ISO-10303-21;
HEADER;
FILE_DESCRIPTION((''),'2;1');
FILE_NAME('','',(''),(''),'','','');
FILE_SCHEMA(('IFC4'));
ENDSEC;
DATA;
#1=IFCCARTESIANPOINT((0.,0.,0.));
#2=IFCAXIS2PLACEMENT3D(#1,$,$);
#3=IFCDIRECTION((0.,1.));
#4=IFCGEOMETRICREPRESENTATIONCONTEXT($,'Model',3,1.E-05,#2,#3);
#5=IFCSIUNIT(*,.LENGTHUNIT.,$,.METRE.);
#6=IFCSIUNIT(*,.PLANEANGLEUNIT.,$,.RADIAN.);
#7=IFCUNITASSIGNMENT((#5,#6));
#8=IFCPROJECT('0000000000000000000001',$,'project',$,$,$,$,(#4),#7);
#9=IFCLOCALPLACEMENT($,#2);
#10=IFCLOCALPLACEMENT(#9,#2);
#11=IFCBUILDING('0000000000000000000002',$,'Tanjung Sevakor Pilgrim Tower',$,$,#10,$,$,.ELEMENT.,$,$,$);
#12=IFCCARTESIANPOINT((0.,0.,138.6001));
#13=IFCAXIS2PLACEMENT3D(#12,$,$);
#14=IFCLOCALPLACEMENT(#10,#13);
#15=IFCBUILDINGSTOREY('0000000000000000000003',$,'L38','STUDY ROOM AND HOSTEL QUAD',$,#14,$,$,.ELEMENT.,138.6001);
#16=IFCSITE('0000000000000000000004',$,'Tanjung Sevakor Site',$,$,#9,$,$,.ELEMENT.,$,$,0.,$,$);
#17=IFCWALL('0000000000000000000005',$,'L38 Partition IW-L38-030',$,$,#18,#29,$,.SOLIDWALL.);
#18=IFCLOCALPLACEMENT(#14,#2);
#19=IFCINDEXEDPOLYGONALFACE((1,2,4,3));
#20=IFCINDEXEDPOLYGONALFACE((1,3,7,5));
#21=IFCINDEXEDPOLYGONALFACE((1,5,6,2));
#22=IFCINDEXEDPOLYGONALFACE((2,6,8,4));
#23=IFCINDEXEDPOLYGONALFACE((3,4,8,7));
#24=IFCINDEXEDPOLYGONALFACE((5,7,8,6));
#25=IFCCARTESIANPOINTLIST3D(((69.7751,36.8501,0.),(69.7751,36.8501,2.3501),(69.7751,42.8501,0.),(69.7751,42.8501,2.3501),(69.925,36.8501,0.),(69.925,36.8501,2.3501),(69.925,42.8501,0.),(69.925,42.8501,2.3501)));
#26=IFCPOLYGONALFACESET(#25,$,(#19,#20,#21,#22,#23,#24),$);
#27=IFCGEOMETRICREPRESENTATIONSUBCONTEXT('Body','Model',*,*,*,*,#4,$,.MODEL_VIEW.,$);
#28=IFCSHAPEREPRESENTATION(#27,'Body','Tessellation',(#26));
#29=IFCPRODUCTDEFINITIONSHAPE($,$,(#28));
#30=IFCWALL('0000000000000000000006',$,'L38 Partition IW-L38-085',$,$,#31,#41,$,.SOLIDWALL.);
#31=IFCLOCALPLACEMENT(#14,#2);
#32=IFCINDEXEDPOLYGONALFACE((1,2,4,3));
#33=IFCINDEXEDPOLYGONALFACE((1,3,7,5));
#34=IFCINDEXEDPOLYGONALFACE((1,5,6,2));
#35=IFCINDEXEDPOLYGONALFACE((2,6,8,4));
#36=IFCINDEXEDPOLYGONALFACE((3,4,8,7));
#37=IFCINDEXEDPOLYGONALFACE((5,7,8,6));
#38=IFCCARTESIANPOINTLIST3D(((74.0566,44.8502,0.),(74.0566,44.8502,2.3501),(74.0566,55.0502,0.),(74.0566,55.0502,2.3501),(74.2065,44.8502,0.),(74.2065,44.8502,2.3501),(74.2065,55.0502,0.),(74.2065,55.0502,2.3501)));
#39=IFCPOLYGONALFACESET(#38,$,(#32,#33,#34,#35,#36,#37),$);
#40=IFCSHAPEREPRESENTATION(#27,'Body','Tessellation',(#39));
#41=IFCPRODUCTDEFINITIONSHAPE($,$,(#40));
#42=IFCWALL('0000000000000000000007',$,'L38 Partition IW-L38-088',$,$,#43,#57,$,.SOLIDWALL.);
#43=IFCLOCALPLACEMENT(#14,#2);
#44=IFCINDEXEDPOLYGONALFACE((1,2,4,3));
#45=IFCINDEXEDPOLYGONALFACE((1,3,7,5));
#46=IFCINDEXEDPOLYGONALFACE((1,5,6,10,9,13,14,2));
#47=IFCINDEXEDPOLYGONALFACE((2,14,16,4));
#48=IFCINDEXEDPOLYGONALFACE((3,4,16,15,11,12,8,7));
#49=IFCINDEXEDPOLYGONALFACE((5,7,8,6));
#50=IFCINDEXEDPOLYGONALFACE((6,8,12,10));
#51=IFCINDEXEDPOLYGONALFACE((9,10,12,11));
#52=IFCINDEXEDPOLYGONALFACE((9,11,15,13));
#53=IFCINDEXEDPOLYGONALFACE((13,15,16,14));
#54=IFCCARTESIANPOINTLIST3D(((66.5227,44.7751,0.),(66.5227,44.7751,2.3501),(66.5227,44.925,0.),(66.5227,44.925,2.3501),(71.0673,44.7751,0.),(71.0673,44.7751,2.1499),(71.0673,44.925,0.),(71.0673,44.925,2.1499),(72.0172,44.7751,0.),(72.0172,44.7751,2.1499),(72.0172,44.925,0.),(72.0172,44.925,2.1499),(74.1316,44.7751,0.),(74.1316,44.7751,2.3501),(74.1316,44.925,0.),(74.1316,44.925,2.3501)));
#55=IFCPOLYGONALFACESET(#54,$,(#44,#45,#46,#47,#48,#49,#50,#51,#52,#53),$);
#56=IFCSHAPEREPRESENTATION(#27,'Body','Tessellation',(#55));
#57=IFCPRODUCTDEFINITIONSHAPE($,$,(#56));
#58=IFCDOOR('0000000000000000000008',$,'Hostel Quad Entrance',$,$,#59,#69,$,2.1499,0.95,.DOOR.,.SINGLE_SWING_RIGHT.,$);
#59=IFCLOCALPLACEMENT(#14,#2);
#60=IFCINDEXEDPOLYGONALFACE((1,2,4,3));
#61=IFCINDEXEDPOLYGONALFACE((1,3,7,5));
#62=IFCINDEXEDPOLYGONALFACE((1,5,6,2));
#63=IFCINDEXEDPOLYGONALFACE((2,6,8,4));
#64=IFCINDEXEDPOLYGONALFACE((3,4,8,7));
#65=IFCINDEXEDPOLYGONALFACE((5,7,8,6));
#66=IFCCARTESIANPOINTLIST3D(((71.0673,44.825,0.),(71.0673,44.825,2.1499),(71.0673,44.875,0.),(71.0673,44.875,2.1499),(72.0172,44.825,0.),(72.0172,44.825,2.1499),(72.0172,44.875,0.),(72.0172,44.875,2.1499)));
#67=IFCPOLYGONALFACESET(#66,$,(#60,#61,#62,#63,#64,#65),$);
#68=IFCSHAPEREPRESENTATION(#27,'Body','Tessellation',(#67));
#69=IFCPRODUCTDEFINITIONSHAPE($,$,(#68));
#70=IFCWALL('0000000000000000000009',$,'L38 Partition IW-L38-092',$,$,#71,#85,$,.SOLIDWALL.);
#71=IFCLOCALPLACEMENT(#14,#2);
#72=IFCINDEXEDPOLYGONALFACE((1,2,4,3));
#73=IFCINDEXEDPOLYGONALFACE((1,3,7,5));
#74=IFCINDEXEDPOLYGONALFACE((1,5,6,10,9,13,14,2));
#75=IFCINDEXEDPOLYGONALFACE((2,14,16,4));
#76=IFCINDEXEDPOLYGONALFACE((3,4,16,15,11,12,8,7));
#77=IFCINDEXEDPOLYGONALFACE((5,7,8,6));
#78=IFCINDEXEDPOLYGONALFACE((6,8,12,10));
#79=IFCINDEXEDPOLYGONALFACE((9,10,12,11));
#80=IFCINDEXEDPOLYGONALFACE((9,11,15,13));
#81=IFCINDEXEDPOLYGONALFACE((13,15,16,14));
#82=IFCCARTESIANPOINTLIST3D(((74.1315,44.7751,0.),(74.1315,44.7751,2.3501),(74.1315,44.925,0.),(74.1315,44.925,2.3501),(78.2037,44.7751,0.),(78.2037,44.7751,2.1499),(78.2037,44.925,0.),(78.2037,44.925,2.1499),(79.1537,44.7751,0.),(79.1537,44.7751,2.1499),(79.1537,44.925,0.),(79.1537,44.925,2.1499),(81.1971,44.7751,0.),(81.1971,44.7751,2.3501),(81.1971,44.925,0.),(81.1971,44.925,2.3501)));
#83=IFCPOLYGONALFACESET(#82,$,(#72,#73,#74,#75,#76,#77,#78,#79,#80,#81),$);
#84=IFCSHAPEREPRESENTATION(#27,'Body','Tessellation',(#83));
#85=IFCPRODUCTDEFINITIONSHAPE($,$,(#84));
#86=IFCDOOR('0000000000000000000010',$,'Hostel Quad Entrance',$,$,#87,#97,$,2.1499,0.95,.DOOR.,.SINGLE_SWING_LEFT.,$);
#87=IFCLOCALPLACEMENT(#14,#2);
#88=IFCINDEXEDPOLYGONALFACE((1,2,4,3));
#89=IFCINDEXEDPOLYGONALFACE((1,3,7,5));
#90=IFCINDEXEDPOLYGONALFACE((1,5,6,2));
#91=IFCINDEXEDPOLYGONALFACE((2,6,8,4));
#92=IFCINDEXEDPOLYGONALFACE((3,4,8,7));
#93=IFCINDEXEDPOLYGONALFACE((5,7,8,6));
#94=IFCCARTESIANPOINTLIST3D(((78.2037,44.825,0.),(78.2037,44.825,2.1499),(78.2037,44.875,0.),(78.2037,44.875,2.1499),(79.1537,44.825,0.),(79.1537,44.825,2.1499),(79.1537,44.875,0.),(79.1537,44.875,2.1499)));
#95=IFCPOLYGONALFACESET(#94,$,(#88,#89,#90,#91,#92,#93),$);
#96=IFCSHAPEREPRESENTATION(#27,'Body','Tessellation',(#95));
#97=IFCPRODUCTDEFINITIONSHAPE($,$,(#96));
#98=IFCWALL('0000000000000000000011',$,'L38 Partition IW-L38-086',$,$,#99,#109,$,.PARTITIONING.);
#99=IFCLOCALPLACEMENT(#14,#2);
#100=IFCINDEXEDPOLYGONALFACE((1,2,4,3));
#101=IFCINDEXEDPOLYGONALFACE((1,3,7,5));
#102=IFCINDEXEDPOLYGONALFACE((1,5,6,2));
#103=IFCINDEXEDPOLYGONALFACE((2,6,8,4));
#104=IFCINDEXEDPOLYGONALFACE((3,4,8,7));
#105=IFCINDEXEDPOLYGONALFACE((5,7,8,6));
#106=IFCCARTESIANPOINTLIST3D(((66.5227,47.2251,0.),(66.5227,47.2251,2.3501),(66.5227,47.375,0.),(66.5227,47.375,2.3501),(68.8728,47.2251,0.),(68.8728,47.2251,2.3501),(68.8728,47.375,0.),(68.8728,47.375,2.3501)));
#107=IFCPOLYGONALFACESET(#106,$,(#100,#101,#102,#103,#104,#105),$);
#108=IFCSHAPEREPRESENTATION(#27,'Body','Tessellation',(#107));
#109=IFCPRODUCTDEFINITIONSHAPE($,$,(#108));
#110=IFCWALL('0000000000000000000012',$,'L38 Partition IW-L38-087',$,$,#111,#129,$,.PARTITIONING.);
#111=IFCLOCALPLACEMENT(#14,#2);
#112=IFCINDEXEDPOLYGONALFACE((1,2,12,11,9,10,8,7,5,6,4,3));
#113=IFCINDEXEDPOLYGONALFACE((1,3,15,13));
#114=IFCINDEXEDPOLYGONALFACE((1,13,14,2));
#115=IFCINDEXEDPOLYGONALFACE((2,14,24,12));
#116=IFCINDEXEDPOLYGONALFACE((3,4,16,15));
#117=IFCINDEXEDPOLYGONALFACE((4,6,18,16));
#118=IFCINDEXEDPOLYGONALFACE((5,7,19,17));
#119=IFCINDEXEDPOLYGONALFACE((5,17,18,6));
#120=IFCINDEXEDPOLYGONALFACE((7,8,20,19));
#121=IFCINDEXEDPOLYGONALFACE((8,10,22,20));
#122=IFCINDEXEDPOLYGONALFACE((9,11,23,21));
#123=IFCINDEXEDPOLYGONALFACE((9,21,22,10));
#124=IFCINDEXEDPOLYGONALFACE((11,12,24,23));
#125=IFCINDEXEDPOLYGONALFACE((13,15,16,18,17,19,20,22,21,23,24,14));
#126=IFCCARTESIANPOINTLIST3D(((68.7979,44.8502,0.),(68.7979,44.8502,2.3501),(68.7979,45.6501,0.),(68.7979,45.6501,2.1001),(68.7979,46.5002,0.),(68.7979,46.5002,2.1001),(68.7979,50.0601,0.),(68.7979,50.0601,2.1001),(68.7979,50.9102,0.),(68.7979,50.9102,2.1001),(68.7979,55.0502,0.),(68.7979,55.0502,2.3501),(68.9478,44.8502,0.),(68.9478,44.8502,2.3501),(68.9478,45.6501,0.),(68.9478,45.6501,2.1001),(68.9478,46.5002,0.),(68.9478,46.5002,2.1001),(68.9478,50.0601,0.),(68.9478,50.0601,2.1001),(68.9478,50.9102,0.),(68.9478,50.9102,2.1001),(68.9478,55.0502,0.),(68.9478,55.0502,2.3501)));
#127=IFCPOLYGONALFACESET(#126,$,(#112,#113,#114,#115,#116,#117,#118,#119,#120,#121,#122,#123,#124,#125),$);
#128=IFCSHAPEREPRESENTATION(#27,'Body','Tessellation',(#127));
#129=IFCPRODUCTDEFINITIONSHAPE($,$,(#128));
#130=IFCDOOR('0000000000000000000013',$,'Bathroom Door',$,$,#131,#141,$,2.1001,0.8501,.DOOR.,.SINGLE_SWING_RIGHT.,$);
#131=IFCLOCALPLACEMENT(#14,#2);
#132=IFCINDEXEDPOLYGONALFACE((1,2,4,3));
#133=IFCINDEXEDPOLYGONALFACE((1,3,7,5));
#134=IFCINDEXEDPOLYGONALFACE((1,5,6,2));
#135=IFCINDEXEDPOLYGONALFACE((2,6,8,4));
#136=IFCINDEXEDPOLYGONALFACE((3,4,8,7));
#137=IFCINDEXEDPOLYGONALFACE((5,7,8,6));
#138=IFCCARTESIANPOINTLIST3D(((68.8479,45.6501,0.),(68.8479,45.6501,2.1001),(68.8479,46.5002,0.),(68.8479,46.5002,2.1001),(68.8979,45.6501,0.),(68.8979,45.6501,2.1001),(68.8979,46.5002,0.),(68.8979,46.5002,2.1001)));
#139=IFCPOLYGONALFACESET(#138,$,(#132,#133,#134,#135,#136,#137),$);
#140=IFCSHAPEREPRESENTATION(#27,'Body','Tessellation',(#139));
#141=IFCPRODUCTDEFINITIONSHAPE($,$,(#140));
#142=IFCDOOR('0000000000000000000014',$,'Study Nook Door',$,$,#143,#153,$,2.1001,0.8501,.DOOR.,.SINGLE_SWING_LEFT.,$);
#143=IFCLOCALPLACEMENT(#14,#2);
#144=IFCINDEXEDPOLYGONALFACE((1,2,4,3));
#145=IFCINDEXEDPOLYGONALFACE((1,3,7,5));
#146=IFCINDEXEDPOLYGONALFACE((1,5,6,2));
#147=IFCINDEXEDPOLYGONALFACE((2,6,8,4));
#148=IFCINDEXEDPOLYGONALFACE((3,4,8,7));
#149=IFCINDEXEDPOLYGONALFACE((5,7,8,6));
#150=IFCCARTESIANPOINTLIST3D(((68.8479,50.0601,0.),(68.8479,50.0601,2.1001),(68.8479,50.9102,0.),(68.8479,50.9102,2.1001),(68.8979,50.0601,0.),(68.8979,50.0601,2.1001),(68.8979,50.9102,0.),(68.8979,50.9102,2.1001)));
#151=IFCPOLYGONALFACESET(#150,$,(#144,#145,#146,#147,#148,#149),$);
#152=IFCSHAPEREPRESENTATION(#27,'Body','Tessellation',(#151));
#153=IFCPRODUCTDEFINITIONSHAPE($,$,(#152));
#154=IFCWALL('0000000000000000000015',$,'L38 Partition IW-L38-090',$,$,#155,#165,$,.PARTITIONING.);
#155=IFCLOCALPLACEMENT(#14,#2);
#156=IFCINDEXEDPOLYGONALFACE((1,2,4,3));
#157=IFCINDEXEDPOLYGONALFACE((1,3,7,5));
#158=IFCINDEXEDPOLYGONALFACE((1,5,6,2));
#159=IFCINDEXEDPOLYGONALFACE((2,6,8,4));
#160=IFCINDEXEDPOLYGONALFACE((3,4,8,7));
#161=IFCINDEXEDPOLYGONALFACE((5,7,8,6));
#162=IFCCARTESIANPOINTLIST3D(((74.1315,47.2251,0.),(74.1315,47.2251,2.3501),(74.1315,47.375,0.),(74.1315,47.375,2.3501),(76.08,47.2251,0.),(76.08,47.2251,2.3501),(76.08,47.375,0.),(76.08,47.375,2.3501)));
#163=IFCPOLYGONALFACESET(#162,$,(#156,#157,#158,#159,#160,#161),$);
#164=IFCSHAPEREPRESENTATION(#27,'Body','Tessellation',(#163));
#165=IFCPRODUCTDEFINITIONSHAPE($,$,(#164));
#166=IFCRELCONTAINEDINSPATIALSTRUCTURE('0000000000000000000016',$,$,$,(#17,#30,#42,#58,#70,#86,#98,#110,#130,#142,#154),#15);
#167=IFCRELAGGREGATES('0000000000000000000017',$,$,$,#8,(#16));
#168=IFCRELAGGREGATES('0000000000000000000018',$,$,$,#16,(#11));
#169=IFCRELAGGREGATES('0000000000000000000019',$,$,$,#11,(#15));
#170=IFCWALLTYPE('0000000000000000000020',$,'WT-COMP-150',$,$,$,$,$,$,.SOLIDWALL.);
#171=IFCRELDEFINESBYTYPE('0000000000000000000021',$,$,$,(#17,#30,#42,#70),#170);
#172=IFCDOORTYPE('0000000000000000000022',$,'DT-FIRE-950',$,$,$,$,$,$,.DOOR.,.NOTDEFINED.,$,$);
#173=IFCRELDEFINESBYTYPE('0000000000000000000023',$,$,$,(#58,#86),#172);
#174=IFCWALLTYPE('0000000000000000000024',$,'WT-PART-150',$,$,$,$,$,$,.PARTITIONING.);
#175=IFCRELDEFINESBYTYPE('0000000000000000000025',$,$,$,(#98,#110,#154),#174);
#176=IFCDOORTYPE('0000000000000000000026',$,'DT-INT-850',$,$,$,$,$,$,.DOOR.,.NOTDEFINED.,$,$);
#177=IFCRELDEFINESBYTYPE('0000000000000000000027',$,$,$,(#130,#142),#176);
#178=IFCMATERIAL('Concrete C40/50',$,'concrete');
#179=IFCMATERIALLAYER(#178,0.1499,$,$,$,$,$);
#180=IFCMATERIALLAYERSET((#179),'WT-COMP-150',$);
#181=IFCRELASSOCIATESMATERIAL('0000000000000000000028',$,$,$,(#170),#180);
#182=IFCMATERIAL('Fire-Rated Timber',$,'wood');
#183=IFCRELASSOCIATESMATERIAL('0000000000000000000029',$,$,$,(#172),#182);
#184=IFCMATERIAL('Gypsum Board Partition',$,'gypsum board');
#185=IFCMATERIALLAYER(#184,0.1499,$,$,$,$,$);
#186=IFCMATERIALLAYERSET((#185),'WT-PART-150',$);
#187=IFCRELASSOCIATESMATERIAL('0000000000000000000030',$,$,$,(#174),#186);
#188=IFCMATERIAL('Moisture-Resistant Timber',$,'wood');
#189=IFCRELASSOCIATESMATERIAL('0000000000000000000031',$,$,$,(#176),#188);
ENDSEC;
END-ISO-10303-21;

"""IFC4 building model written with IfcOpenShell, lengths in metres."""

from ifc_helpers import new_model, si_unit, direction, frame, frame_2d, origin, place, context, subcontext, project, spatial, rectangle, extrude, material, layer, layer_set, type_object, element, fill, save


model = new_model("IFC4")

# Units and contexts
model_context = context("Model", 3, precision=1e-05, world=origin(), true_north=direction((0.0, 1.0)))
body_context = subcontext(model_context, "Body", "Model", "MODEL_VIEW")
ifc_project = project(units=[si_unit("LENGTHUNIT", "METRE"), si_unit("PLANEANGLEUNIT", "RADIAN")], contexts=[model_context])

# Site, building, storey
site_placement = place(None, origin())
site = spatial("IfcSite", under=ifc_project, at=site_placement, Name="Tanjung Sevakor Site", CompositionType="ELEMENT", RefElevation=0.0)
building_placement = place(site_placement, origin())
building = spatial("IfcBuilding", under=site, at=building_placement, Name="Tanjung Sevakor Pilgrim Tower", CompositionType="ELEMENT")
storey_placement = place(building_placement, frame((0.0, 0.0, 138.6001)))
storey = spatial("IfcBuildingStorey", under=building, at=storey_placement, Name="L38", Description="STUDY ROOM AND HOSTEL QUAD", CompositionType="ELEMENT", Elevation=138.6001)

# Shared definitions
ifc_material_1 = material(Name="Concrete C40/50", Category="concrete")
ifc_layer_1 = layer(ifc_material_1, 0.1499)
ifc_layer_set_1 = layer_set([ifc_layer_1], Name="WT-COMP-150")
wall_type_1 = type_object("IfcWallType", Name="WT-COMP-150", PredefinedType="SOLIDWALL", material=ifc_layer_set_1)

# Walls
wall_1_placement = place(storey_placement, frame((69.8501, 36.8501, 0.0), z_axis=(0.0, 0.0, 1.0), x_axis=(0.0, 1.0, 0.0)))
element("IfcWall", 1, at=wall_1_placement, inside=storey, type_object=wall_type_1, Name="L38 Partition IW-L38-030", PredefinedType="SOLIDWALL", context=body_context, shape_type="SweptSolid", body=[
    extrude(rectangle(XDim=6.0, YDim=0.1499, at=frame_2d((3.0, 0.0))), origin(), (0.0, 0.0, 1.0), 2.3501),
])
wall_2_placement = place(storey_placement, frame((74.1316, 44.8501, 0.0), z_axis=(0.0, 0.0, 1.0), x_axis=(0.0, 1.0, 0.0)))
element("IfcWall", 2, at=wall_2_placement, inside=storey, type_object=wall_type_1, Name="L38 Partition IW-L38-085", PredefinedType="SOLIDWALL", context=body_context, shape_type="SweptSolid", body=[
    extrude(rectangle(XDim=10.2, YDim=0.1499, at=frame_2d((5.1001, 0.0))), origin(), (0.0, 0.0, 1.0), 2.3501),
])

# Walls, openings, doors
wall_3_placement = place(storey_placement, frame((66.5227, 44.8501, 0.0), z_axis=(0.0, 0.0, 1.0), x_axis=(1.0, 0.0, 0.0)))
wall_3 = element("IfcWall", 3, at=wall_3_placement, inside=storey, type_object=wall_type_1, Name="L38 Partition IW-L38-088", PredefinedType="SOLIDWALL", context=body_context, shape_type="SweptSolid", body=[
    extrude(rectangle(XDim=7.6089, YDim=0.1499, at=frame_2d((3.8044, 0.0))), origin(), (0.0, 0.0, 1.0), 2.3501),
])
opening_1_placement = place(wall_3_placement, frame((4.5444, 0.0, 0.0)))
opening_1 = element("IfcOpeningElement", 4, at=opening_1_placement, cuts=wall_3, PredefinedType="OPENING", context=body_context, shape_type="SweptSolid", body=[
    extrude(rectangle(XDim=0.95, YDim=2.1499, at=frame_2d((0.4751, 1.075))), frame((0.0, 0.085, 0.0), z_axis=(0.0, -1.0, 0.0), x_axis=(1.0, 0.0, 0.0)), (0.0, 0.0, 1.0), 0.1699),
])
ifc_material_2 = material(Name="Fire-Rated Timber", Category="wood")
door_type_1 = type_object("IfcDoorType", Name="DT-FIRE-950", OperationType="NOTDEFINED", PredefinedType="DOOR", material=ifc_material_2)
door_1_placement = place(opening_1_placement, origin())
door_1 = element("IfcDoor", 5, at=door_1_placement, inside=storey, type_object=door_type_1, Name="Hostel Quad Entrance", OperationType="SINGLE_SWING_RIGHT", OverallHeight=2.1499, OverallWidth=0.95, PredefinedType="DOOR", context=body_context, shape_type="SweptSolid", body=[
    extrude(rectangle(XDim=0.95, YDim=2.1499, at=frame_2d((0.4751, 1.075))), frame((0.0, 0.0249, 0.0), z_axis=(0.0, -1.0, 0.0), x_axis=(1.0, 0.0, 0.0)), (0.0, 0.0, 1.0), 0.05),
])
fill(opening_1, door_1)
wall_4_placement = place(storey_placement, frame((74.1316, 44.8501, 0.0), z_axis=(0.0, 0.0, 1.0), x_axis=(1.0, 0.0, 0.0)))
wall_4 = element("IfcWall", 6, at=wall_4_placement, inside=storey, type_object=wall_type_1, Name="L38 Partition IW-L38-092", PredefinedType="SOLIDWALL", context=body_context, shape_type="SweptSolid", body=[
    extrude(rectangle(XDim=7.0657, YDim=0.1499, at=frame_2d((3.5327, 0.0))), origin(), (0.0, 0.0, 1.0), 2.3501),
])
opening_2_placement = place(wall_4_placement, frame((4.072, 0.0, 0.0)))
opening_2 = element("IfcOpeningElement", 7, at=opening_2_placement, cuts=wall_4, PredefinedType="OPENING", context=body_context, shape_type="SweptSolid", body=[
    extrude(rectangle(XDim=0.95, YDim=2.1499, at=frame_2d((0.4751, 1.075))), frame((0.0, 0.085, 0.0), z_axis=(0.0, -1.0, 0.0), x_axis=(1.0, 0.0, 0.0)), (0.0, 0.0, 1.0), 0.1699),
])
door_2_placement = place(opening_2_placement, origin())
door_2 = element("IfcDoor", 8, at=door_2_placement, inside=storey, type_object=door_type_1, Name="Hostel Quad Entrance", OperationType="SINGLE_SWING_LEFT", OverallHeight=2.1499, OverallWidth=0.95, PredefinedType="DOOR", context=body_context, shape_type="SweptSolid", body=[
    extrude(rectangle(XDim=0.95, YDim=2.1499, at=frame_2d((0.4751, 1.075))), frame((0.0, 0.0249, 0.0), z_axis=(0.0, -1.0, 0.0), x_axis=(1.0, 0.0, 0.0)), (0.0, 0.0, 1.0), 0.05),
])
fill(opening_2, door_2)

# Wall
ifc_material_3 = material(Name="Gypsum Board Partition", Category="gypsum board")
ifc_layer_2 = layer(ifc_material_3, 0.1499)
ifc_layer_set_2 = layer_set([ifc_layer_2], Name="WT-PART-150")
wall_type_2 = type_object("IfcWallType", Name="WT-PART-150", PredefinedType="PARTITIONING", material=ifc_layer_set_2)
wall_5_placement = place(storey_placement, frame((66.5227, 47.3, 0.0), z_axis=(0.0, 0.0, 1.0), x_axis=(1.0, 0.0, 0.0)))
element("IfcWall", 9, at=wall_5_placement, inside=storey, type_object=wall_type_2, Name="L38 Partition IW-L38-086", PredefinedType="PARTITIONING", context=body_context, shape_type="SweptSolid", body=[
    extrude(rectangle(XDim=2.3501, YDim=0.1499, at=frame_2d((1.175, 0.0))), origin(), (0.0, 0.0, 1.0), 2.3501),
])

# Wall, openings, doors
wall_6_placement = place(storey_placement, frame((68.8728, 44.8501, 0.0), z_axis=(0.0, 0.0, 1.0), x_axis=(0.0, 1.0, 0.0)))
wall_6 = element("IfcWall", 10, at=wall_6_placement, inside=storey, type_object=wall_type_2, Name="L38 Partition IW-L38-087", PredefinedType="PARTITIONING", context=body_context, shape_type="SweptSolid", body=[
    extrude(rectangle(XDim=10.2, YDim=0.1499, at=frame_2d((5.1001, 0.0))), origin(), (0.0, 0.0, 1.0), 2.3501),
])
opening_3_placement = place(wall_6_placement, frame((0.8, 0.0, 0.0)))
opening_3 = element("IfcOpeningElement", 11, at=opening_3_placement, cuts=wall_6, PredefinedType="OPENING", context=body_context, shape_type="SweptSolid", body=[
    extrude(rectangle(XDim=0.8501, YDim=2.1001, at=frame_2d((0.425, 1.05))), frame((0.0, 0.085, 0.0), z_axis=(0.0, -1.0, 0.0), x_axis=(1.0, 0.0, 0.0)), (0.0, 0.0, 1.0), 0.1699),
])
opening_4_placement = place(wall_6_placement, frame((5.21, 0.0, 0.0)))
opening_4 = element("IfcOpeningElement", 12, at=opening_4_placement, cuts=wall_6, PredefinedType="OPENING", context=body_context, shape_type="SweptSolid", body=[
    extrude(rectangle(XDim=0.8501, YDim=2.1001, at=frame_2d((0.425, 1.05))), frame((0.0, 0.085, 0.0), z_axis=(0.0, -1.0, 0.0), x_axis=(1.0, 0.0, 0.0)), (0.0, 0.0, 1.0), 0.1699),
])
ifc_material_4 = material(Name="Moisture-Resistant Timber", Category="wood")
door_type_2 = type_object("IfcDoorType", Name="DT-INT-850", OperationType="NOTDEFINED", PredefinedType="DOOR", material=ifc_material_4)
door_3_placement = place(opening_3_placement, origin())
door_3 = element("IfcDoor", 13, at=door_3_placement, inside=storey, type_object=door_type_2, Name="Bathroom Door", OperationType="SINGLE_SWING_RIGHT", OverallHeight=2.1001, OverallWidth=0.8501, PredefinedType="DOOR", context=body_context, shape_type="SweptSolid", body=[
    extrude(rectangle(XDim=0.8501, YDim=2.1001, at=frame_2d((0.425, 1.05))), frame((0.0, 0.0249, 0.0), z_axis=(0.0, -1.0, 0.0), x_axis=(1.0, 0.0, 0.0)), (0.0, 0.0, 1.0), 0.05),
])
fill(opening_3, door_3)
door_4_placement = place(opening_4_placement, origin())
door_4 = element("IfcDoor", 14, at=door_4_placement, inside=storey, type_object=door_type_2, Name="Study Nook Door", OperationType="SINGLE_SWING_LEFT", OverallHeight=2.1001, OverallWidth=0.8501, PredefinedType="DOOR", context=body_context, shape_type="SweptSolid", body=[
    extrude(rectangle(XDim=0.8501, YDim=2.1001, at=frame_2d((0.425, 1.05))), frame((0.0, 0.0249, 0.0), z_axis=(0.0, -1.0, 0.0), x_axis=(1.0, 0.0, 0.0)), (0.0, 0.0, 1.0), 0.05),
])
fill(opening_4, door_4)

# Wall
wall_7_placement = place(storey_placement, frame((74.1316, 47.3, 0.0), z_axis=(0.0, 0.0, 1.0), x_axis=(1.0, 0.0, 0.0)))
element("IfcWall", 15, at=wall_7_placement, inside=storey, type_object=wall_type_2, Name="L38 Partition IW-L38-090", PredefinedType="PARTITIONING", context=body_context, shape_type="SweptSolid", body=[
    extrude(rectangle(XDim=1.9485, YDim=0.1499, at=frame_2d((0.9741, 0.0))), origin(), (0.0, 0.0, 1.0), 2.3501),
])

save(model, "model.ifc")
